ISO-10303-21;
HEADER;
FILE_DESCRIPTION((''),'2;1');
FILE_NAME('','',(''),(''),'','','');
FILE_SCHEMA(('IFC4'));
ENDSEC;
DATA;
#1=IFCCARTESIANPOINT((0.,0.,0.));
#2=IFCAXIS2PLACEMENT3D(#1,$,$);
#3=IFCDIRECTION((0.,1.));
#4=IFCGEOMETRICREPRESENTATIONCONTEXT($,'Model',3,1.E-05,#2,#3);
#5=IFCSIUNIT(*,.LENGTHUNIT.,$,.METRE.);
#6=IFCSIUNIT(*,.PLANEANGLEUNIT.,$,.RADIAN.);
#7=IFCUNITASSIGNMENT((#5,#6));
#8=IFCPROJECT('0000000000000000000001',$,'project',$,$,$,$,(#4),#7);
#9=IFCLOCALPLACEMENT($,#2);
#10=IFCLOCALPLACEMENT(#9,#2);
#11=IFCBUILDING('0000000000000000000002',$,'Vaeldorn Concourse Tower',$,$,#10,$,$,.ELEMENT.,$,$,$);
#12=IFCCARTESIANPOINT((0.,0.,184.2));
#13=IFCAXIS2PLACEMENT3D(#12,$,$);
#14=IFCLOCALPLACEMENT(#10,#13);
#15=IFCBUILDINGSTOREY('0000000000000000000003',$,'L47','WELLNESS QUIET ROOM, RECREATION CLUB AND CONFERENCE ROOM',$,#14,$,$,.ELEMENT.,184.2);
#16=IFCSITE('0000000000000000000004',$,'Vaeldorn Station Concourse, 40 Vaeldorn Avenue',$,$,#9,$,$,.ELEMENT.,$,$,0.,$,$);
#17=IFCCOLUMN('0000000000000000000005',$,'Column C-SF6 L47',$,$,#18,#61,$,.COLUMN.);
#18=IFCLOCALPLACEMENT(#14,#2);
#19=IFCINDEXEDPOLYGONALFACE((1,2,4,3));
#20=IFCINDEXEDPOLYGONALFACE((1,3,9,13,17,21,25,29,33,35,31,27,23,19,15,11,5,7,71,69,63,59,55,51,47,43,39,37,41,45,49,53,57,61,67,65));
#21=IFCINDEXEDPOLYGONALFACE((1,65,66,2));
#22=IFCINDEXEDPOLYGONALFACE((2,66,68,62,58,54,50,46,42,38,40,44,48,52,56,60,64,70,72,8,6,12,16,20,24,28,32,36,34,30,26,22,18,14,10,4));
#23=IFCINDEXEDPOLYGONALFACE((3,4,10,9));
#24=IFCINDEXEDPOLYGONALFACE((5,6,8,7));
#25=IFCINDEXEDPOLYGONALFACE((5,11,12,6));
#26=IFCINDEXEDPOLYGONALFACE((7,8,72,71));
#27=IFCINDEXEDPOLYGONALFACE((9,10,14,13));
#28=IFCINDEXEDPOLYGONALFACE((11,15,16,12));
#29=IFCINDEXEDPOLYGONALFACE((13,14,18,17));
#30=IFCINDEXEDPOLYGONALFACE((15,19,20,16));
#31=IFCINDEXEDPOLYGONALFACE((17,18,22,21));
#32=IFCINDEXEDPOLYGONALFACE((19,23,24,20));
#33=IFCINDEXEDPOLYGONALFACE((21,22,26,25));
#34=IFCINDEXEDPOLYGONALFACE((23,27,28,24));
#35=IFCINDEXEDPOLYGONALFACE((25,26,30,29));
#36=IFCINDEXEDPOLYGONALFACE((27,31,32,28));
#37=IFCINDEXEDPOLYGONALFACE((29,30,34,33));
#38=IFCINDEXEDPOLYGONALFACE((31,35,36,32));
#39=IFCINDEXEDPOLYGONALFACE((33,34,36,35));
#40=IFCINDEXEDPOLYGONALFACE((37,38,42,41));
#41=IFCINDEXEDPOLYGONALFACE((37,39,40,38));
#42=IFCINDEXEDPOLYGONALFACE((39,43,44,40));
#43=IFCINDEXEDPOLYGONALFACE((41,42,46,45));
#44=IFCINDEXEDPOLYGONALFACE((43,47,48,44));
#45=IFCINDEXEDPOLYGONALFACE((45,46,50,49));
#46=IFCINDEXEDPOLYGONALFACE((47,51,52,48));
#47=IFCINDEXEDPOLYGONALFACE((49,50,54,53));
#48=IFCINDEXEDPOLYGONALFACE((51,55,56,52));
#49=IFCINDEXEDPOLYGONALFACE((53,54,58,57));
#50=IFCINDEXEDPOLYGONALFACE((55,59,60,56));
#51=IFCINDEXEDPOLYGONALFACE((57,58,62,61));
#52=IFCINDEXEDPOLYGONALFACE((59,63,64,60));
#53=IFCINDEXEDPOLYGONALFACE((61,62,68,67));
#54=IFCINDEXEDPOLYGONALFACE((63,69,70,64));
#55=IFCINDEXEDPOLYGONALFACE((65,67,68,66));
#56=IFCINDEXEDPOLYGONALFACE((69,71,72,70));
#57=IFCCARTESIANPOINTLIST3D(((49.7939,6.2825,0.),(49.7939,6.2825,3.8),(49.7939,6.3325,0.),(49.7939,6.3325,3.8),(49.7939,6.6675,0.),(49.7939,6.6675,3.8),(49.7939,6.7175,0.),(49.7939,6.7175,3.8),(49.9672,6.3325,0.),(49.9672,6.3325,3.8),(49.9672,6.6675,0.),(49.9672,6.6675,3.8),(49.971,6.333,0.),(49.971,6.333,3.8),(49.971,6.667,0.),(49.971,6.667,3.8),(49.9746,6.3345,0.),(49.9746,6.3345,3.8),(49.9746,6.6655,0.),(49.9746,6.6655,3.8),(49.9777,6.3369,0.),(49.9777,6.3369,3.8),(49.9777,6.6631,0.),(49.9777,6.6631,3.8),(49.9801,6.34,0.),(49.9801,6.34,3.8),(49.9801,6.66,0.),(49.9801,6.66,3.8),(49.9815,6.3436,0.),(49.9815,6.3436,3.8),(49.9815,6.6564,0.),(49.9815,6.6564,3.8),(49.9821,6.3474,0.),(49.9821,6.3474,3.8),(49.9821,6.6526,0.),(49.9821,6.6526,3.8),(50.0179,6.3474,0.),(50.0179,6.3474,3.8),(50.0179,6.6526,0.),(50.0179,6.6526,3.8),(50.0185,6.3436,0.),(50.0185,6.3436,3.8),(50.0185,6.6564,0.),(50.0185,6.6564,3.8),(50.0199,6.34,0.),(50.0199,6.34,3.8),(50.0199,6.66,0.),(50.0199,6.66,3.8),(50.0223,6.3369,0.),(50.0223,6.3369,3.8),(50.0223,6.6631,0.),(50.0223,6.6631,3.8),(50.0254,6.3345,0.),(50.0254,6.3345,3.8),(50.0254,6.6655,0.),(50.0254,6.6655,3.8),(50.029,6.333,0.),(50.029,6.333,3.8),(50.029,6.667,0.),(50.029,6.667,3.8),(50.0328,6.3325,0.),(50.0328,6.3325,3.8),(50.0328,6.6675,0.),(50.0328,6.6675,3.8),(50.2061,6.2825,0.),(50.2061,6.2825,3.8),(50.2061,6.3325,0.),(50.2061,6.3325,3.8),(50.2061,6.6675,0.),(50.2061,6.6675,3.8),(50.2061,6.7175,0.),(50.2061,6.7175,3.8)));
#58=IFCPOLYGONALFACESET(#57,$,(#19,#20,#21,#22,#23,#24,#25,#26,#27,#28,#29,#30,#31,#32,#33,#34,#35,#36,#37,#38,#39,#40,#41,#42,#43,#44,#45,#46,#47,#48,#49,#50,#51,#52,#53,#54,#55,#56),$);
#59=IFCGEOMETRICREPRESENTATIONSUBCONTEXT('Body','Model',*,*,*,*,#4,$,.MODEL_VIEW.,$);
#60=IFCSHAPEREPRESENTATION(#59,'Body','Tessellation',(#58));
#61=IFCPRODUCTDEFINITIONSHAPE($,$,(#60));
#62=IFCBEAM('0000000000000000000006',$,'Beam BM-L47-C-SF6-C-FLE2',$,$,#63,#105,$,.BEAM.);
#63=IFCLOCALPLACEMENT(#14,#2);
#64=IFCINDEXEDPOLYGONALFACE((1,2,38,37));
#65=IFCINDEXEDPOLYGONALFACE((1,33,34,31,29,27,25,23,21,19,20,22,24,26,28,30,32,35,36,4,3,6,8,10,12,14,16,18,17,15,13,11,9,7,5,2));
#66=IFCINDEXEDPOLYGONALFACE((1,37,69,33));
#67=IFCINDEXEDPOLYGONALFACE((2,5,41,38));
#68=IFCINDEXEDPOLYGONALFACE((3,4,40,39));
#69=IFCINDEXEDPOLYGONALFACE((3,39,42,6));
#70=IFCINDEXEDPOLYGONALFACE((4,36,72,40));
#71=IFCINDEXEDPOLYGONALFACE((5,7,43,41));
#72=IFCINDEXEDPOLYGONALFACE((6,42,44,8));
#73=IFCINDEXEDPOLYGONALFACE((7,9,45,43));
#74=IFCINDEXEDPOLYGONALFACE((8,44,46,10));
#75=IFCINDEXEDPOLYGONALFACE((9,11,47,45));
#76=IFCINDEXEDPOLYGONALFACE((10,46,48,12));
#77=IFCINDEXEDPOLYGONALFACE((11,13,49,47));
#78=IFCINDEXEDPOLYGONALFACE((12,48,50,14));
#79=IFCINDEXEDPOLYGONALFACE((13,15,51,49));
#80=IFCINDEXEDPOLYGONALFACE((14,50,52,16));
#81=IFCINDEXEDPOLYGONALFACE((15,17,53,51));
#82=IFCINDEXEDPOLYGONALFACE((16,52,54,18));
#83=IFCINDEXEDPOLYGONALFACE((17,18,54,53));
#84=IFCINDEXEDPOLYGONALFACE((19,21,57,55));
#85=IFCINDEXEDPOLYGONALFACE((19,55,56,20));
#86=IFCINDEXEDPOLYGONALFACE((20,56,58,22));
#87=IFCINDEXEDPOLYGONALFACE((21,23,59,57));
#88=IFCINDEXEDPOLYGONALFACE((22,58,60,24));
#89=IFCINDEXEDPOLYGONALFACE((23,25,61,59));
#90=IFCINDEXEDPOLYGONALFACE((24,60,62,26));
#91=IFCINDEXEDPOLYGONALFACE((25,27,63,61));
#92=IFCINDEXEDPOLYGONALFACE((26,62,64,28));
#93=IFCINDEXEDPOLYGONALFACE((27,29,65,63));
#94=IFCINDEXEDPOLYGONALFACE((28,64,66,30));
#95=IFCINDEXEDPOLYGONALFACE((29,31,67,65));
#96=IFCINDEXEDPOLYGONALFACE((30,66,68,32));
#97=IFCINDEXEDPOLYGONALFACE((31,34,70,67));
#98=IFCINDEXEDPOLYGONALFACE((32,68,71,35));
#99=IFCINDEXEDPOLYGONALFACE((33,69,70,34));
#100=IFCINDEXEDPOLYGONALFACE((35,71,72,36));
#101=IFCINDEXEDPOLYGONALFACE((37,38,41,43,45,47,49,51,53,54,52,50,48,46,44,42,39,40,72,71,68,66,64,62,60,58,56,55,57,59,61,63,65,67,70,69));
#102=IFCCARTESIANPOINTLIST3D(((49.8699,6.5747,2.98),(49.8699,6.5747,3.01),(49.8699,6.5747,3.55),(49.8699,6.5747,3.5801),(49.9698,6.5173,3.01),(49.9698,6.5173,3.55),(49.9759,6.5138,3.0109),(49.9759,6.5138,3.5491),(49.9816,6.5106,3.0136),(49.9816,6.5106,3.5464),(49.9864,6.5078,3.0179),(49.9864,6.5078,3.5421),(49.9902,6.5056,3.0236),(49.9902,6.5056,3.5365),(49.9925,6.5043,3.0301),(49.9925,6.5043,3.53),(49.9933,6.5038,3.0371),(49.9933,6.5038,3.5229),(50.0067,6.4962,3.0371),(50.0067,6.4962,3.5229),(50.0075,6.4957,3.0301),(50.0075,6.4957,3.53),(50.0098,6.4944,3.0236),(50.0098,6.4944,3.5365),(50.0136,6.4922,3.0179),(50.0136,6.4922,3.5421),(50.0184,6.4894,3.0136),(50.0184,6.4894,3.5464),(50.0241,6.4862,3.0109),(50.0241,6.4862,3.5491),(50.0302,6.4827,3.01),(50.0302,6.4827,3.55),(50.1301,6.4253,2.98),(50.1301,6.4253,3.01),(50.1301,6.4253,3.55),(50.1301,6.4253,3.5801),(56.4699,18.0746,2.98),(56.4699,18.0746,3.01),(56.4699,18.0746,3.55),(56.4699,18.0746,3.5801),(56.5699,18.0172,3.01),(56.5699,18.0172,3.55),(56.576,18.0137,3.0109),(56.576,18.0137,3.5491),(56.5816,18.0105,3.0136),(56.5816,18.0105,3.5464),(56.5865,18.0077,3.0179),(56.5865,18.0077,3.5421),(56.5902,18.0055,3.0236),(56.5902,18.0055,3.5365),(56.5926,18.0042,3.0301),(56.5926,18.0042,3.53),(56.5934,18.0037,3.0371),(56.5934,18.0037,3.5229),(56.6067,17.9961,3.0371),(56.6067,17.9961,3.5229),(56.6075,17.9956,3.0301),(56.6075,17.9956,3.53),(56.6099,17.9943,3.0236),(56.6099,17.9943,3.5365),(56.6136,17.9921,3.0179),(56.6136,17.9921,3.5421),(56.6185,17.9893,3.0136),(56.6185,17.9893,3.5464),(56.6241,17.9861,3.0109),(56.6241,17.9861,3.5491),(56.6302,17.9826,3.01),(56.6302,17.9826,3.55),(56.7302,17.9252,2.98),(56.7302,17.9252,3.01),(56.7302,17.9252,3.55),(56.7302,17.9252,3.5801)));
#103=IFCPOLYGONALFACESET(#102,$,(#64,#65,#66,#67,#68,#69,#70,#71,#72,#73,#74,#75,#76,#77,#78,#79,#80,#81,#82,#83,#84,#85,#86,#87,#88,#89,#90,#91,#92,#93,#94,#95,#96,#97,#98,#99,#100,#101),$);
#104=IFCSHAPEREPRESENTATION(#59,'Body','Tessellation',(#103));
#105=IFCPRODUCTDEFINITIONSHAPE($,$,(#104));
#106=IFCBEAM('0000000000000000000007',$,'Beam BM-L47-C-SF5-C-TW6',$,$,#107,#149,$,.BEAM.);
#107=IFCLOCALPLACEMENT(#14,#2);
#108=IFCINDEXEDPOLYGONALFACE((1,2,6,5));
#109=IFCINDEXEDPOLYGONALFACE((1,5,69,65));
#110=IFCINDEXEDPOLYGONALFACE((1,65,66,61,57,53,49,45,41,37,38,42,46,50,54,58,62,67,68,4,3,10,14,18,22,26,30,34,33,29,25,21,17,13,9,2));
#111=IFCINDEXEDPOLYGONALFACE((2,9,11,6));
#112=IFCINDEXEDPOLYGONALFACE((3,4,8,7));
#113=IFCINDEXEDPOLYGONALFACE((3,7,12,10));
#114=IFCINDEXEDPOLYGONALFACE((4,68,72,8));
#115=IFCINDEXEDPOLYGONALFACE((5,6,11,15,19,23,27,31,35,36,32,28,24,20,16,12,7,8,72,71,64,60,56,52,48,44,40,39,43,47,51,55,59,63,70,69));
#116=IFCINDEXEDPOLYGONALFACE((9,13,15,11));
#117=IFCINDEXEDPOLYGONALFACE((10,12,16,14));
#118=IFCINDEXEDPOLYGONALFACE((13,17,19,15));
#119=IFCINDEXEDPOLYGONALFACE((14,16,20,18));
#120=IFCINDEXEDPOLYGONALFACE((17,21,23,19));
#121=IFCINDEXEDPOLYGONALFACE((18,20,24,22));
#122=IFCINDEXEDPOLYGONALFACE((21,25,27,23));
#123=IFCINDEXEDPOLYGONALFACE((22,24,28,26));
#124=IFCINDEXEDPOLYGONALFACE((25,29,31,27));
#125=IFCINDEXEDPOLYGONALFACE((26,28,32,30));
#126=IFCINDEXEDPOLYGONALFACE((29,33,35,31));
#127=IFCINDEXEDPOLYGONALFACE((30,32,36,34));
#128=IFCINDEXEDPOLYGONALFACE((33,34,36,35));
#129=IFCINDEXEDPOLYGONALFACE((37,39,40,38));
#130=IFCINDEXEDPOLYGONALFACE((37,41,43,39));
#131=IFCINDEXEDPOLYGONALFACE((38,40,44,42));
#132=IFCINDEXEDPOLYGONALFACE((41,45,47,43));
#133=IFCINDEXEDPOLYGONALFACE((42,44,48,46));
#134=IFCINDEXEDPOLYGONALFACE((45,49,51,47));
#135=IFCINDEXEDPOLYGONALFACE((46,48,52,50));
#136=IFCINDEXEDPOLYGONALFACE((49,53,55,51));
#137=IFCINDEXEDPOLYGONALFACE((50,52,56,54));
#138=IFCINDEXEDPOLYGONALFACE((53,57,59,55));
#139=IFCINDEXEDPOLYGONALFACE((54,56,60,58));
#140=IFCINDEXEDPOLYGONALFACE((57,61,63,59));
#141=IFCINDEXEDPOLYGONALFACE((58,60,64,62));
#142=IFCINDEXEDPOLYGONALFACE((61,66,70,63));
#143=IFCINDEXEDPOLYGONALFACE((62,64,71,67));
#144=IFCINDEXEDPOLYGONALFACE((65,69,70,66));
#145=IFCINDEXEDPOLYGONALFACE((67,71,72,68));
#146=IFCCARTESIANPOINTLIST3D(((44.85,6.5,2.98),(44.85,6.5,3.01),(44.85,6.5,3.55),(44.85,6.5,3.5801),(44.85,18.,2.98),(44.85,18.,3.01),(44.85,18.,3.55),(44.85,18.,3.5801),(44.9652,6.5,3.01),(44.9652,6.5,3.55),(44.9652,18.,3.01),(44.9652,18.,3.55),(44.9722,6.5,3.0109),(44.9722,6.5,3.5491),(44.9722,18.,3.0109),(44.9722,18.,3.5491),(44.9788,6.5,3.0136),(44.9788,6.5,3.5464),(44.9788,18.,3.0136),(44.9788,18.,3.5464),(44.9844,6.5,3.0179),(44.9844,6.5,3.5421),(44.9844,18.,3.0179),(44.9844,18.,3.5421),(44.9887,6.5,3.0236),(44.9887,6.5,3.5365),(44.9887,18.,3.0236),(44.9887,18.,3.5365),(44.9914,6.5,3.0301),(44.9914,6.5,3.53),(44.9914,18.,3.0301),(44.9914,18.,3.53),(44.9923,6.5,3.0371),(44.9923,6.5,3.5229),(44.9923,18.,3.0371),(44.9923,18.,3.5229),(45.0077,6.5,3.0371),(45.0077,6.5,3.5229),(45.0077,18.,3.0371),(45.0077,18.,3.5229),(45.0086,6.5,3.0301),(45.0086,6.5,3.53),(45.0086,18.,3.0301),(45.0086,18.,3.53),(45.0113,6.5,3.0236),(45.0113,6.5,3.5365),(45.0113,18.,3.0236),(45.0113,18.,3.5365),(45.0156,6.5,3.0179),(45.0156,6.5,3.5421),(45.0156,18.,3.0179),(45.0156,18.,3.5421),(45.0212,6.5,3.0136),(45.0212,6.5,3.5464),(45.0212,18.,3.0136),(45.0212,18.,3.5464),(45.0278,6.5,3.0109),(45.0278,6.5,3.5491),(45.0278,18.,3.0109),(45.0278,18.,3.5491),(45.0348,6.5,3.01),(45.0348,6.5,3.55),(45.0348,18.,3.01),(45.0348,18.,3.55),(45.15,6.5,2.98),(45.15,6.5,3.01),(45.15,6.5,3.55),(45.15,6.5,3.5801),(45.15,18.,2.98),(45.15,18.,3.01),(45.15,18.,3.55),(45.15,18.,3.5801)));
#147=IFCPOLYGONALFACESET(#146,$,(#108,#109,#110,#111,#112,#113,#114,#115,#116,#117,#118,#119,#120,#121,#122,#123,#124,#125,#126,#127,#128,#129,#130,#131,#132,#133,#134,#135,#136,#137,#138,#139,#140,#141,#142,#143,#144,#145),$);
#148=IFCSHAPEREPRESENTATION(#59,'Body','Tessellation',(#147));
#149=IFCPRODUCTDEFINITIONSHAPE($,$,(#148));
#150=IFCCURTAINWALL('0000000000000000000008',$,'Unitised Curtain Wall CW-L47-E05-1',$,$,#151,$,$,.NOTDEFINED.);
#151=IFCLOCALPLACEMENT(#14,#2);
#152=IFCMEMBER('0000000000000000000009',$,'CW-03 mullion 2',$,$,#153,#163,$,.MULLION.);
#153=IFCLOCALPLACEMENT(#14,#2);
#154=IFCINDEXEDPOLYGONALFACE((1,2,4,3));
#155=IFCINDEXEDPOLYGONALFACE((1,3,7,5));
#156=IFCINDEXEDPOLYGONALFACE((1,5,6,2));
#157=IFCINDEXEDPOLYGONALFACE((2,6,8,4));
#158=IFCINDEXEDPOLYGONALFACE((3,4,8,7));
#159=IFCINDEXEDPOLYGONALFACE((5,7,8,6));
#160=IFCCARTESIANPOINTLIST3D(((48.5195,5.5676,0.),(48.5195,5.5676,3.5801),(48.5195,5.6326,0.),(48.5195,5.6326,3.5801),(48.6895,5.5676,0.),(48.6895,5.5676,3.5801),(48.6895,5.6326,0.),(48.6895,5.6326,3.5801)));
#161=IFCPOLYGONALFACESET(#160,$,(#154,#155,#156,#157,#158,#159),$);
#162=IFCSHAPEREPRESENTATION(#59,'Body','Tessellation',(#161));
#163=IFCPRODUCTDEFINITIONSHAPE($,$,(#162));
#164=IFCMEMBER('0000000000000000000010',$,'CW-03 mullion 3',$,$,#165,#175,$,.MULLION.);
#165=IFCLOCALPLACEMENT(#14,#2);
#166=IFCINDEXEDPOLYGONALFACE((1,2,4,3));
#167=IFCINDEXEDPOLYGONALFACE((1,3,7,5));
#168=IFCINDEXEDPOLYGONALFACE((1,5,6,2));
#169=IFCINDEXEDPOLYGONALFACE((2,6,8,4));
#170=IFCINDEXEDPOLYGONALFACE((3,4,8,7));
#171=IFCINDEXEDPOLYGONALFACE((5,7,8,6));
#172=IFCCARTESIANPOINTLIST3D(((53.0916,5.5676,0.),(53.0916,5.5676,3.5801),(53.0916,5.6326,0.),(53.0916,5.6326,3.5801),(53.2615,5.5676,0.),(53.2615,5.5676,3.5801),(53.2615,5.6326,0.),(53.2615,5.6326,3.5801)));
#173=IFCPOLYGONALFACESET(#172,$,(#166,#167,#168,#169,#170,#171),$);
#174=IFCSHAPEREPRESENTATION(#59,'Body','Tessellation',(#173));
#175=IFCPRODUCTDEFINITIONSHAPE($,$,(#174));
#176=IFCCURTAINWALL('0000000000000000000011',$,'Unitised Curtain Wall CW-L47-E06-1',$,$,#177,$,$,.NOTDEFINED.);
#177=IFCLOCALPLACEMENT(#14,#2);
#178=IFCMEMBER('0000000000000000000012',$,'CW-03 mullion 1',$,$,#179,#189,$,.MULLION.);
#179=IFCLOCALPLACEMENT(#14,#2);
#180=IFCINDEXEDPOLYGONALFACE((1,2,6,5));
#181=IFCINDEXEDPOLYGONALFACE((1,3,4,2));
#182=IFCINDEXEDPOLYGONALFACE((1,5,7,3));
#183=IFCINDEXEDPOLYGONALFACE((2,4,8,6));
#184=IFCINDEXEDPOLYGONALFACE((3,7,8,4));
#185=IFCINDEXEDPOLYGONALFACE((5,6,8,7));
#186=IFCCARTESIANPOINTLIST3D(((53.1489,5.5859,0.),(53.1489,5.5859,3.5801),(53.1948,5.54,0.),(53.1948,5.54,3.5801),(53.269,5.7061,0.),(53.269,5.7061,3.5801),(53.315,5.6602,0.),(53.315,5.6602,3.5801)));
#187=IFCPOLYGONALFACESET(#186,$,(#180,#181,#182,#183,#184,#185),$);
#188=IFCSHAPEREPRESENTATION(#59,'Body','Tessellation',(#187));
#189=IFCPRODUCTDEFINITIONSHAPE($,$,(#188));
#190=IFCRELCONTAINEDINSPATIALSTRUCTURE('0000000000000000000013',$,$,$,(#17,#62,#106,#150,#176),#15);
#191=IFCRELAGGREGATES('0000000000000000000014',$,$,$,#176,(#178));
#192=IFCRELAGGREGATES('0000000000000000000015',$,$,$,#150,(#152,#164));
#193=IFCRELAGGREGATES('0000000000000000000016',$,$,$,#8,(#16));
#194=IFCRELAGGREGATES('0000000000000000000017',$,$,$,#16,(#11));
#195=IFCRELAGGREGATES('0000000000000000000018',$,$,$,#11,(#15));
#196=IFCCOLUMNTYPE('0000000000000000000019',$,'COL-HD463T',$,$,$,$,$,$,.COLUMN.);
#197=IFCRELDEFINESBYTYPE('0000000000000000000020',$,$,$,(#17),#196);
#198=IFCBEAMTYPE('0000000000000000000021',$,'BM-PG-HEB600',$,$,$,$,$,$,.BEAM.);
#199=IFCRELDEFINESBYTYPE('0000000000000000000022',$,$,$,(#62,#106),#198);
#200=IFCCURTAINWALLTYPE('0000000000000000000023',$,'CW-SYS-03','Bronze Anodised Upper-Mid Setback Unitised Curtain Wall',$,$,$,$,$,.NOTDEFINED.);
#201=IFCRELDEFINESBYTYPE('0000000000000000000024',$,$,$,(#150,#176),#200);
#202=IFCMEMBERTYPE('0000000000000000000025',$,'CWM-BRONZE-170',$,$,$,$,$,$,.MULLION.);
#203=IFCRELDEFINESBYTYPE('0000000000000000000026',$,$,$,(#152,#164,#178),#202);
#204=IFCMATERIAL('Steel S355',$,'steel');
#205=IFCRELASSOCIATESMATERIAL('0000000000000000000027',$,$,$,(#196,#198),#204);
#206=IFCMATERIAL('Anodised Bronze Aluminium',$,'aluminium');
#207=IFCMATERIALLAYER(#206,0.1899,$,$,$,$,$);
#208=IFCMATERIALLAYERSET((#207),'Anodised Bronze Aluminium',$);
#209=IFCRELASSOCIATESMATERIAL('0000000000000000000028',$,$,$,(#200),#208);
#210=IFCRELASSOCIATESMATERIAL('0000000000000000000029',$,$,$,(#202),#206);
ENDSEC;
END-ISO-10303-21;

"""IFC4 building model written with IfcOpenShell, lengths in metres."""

from ifc_helpers import new_model, si_unit, direction, frame, origin, origin_2d, place, context, subcontext, project, spatial, rectangle, i_section, extrude, source, transform, mapped, material, layer, layer_set, material_profile, profile_set, type_object, element, aggregate, save


model = new_model("IFC4")

# Units and contexts
model_context = context("Model", 3, precision=1e-05, world=origin(), true_north=direction((0.0, 1.0)))
body_context = subcontext(model_context, "Body", "Model", "MODEL_VIEW")
ifc_project = project(units=[si_unit("LENGTHUNIT", "METRE"), si_unit("PLANEANGLEUNIT", "RADIAN")], contexts=[model_context])

# Site, building, storey
site_placement = place(None, origin())
site = spatial("IfcSite", under=ifc_project, at=site_placement, Name="Vaeldorn Station Concourse, 40 Vaeldorn Avenue", CompositionType="ELEMENT", RefElevation=0.0)
building_placement = place(site_placement, origin())
building = spatial("IfcBuilding", under=site, at=building_placement, Name="Vaeldorn Concourse Tower", CompositionType="ELEMENT")
storey_placement = place(building_placement, frame((0.0, 0.0, 184.2)))
storey = spatial("IfcBuildingStorey", under=building, at=storey_placement, Name="L47", Description="WELLNESS QUIET ROOM, RECREATION CLUB AND CONFERENCE ROOM", CompositionType="ELEMENT", Elevation=184.2)

# Column
ifc_material_1 = material(Name="Steel S355", Category="steel")
ifc_material_profile_1 = material_profile(ifc_material_1, i_section(OverallWidth=0.4121, OverallDepth=0.4351, WebThickness=0.0359, FlangeThickness=0.05, FilletRadius=0.0149, at=origin_2d()), Name="HD 400x463")
ifc_profile_set_1 = profile_set([ifc_material_profile_1], Name="Steel S355")
column_type = type_object("IfcColumnType", Name="COL-HD463T", PredefinedType="COLUMN", material=ifc_profile_set_1)
shared_shape_1 = source(origin(), body_context, "Body", "SweptSolid", [
    extrude(i_section(OverallWidth=0.4121, OverallDepth=0.4351, WebThickness=0.0359, FlangeThickness=0.05, FilletRadius=0.0149, at=origin_2d()), origin(), (0.0, 0.0, 1.0), 3.8),
])
column_placement = place(storey_placement, frame((50.0, 6.5, 0.0), z_axis=(0.0, 0.0, 1.0), x_axis=(1.0, 0.0, 0.0)))
element("IfcColumn", 1, at=column_placement, inside=storey, type_object=column_type, Name="Column C-SF6 L47", PredefinedType="COLUMN", context=body_context, shape_type="MappedRepresentation", body=[
    mapped(shared_shape_1, transform((0.0, 0.0, 0.0), scale=1.0)),
])

# Beams
ifc_material_profile_2 = material_profile(ifc_material_1, i_section(OverallWidth=0.3, OverallDepth=0.6001, WebThickness=0.0154, FlangeThickness=0.03, FilletRadius=0.0271, at=origin_2d()), Name="HEB 600")
ifc_profile_set_2 = profile_set([ifc_material_profile_2], Name="Steel S355")
beam_type = type_object("IfcBeamType", Name="BM-PG-HEB600", PredefinedType="BEAM", material=ifc_profile_set_2)
shared_shape_2 = source(origin(), body_context, "Body", "SweptSolid", [
    extrude(i_section(OverallWidth=0.3, OverallDepth=0.6001, WebThickness=0.0154, FlangeThickness=0.03, FilletRadius=0.0271, at=origin_2d()), origin(), (0.0, 0.0, 1.0), 13.2593),
])
beam_1_placement = place(storey_placement, frame((50.0, 6.5, 3.28), z_axis=(0.497768, 0.86731, 0.0), x_axis=(-0.86731, 0.497768, 0.0)))
element("IfcBeam", 2, at=beam_1_placement, inside=storey, type_object=beam_type, Name="Beam BM-L47-C-SF6-C-FLE2", PredefinedType="BEAM", context=body_context, shape_type="MappedRepresentation", body=[
    mapped(shared_shape_2, transform((0.0, 0.0, 0.0), scale=1.0)),
])
shared_shape_3 = source(origin(), body_context, "Body", "SweptSolid", [
    extrude(i_section(OverallWidth=0.3, OverallDepth=0.6001, WebThickness=0.0154, FlangeThickness=0.03, FilletRadius=0.0271, at=origin_2d()), origin(), (0.0, 0.0, 1.0), 11.5),
])
beam_2_placement = place(storey_placement, frame((45.0, 6.5, 3.28), z_axis=(0.0, 1.0, 0.0), x_axis=(-1.0, 0.0, 0.0)))
element("IfcBeam", 3, at=beam_2_placement, inside=storey, type_object=beam_type, Name="Beam BM-L47-C-SF5-C-TW6", PredefinedType="BEAM", context=body_context, shape_type="MappedRepresentation", body=[
    mapped(shared_shape_3, transform((0.0, 0.0, 0.0), scale=1.0)),
])

# Curtain walls, members
ifc_material_2 = material(Name="Anodised Bronze Aluminium", Category="aluminium")
ifc_layer_1 = layer(ifc_material_2, 0.1899)
ifc_layer_set_1 = layer_set([ifc_layer_1], Name="Anodised Bronze Aluminium")
curtain_wall_type = type_object("IfcCurtainWallType", Name="CW-SYS-03", Description="Bronze Anodised Upper-Mid Setback Unitised Curtain Wall", PredefinedType="NOTDEFINED", material=ifc_layer_set_1)
curtain_wall_1_placement = place(storey_placement, origin())
curtain_wall_1 = element("IfcCurtainWall", 4, at=curtain_wall_1_placement, inside=storey, type_object=curtain_wall_type, Name="Unitised Curtain Wall CW-L47-E05-1", PredefinedType="NOTDEFINED")
ifc_material_profile_3 = material_profile(ifc_material_2, rectangle(XDim=0.0649, YDim=0.1699, at=origin_2d()), Name="CWM 65x170")
ifc_profile_set_3 = profile_set([ifc_material_profile_3], Name="Anodised Bronze Aluminium")
member_type_1 = type_object("IfcMemberType", Name="CWM-BRONZE-170", PredefinedType="MULLION", material=ifc_profile_set_3)
shared_shape_4 = source(origin(), body_context, "Body", "SweptSolid", [
    extrude(rectangle(XDim=0.0649, YDim=0.1699, at=origin_2d()), origin(), (0.0, 0.0, 1.0), 3.5801),
])
member_1_placement = place(storey_placement, frame((48.6045, 5.6001, 0.0), z_axis=(0.0, 0.0, 1.0), x_axis=(0.0, 1.0, 0.0)))
member_1 = element("IfcMember", 5, at=member_1_placement, type_object=member_type_1, Name="CW-03 mullion 2", PredefinedType="MULLION", context=body_context, shape_type="MappedRepresentation", body=[
    mapped(shared_shape_4, transform((0.0, 0.0, 0.0), scale=1.0)),
])
member_2_placement = place(storey_placement, frame((53.1765, 5.6001, 0.0), z_axis=(0.0, 0.0, 1.0), x_axis=(0.0, 1.0, 0.0)))
member_2 = element("IfcMember", 6, at=member_2_placement, type_object=member_type_1, Name="CW-03 mullion 3", PredefinedType="MULLION", context=body_context, shape_type="MappedRepresentation", body=[
    mapped(shared_shape_4, transform((0.0, 0.0, 0.0), scale=1.0)),
])
curtain_wall_2_placement = place(storey_placement, origin())
curtain_wall_2 = element("IfcCurtainWall", 7, at=curtain_wall_2_placement, inside=storey, type_object=curtain_wall_type, Name="Unitised Curtain Wall CW-L47-E06-1", PredefinedType="NOTDEFINED")
member_3_placement = place(storey_placement, frame((53.2319, 5.623, 0.0), z_axis=(0.0, 0.0, 1.0), x_axis=(-0.707107, 0.707107, 0.0)))
member_3 = element("IfcMember", 8, at=member_3_placement, type_object=member_type_1, Name="CW-03 mullion 1", PredefinedType="MULLION", context=body_context, shape_type="MappedRepresentation", body=[
    mapped(shared_shape_4, transform((0.0, 0.0, 0.0), scale=1.0)),
])

aggregate(curtain_wall_2, [member_3])
aggregate(curtain_wall_1, [member_1, member_2])

save(model, "model.ifc")
